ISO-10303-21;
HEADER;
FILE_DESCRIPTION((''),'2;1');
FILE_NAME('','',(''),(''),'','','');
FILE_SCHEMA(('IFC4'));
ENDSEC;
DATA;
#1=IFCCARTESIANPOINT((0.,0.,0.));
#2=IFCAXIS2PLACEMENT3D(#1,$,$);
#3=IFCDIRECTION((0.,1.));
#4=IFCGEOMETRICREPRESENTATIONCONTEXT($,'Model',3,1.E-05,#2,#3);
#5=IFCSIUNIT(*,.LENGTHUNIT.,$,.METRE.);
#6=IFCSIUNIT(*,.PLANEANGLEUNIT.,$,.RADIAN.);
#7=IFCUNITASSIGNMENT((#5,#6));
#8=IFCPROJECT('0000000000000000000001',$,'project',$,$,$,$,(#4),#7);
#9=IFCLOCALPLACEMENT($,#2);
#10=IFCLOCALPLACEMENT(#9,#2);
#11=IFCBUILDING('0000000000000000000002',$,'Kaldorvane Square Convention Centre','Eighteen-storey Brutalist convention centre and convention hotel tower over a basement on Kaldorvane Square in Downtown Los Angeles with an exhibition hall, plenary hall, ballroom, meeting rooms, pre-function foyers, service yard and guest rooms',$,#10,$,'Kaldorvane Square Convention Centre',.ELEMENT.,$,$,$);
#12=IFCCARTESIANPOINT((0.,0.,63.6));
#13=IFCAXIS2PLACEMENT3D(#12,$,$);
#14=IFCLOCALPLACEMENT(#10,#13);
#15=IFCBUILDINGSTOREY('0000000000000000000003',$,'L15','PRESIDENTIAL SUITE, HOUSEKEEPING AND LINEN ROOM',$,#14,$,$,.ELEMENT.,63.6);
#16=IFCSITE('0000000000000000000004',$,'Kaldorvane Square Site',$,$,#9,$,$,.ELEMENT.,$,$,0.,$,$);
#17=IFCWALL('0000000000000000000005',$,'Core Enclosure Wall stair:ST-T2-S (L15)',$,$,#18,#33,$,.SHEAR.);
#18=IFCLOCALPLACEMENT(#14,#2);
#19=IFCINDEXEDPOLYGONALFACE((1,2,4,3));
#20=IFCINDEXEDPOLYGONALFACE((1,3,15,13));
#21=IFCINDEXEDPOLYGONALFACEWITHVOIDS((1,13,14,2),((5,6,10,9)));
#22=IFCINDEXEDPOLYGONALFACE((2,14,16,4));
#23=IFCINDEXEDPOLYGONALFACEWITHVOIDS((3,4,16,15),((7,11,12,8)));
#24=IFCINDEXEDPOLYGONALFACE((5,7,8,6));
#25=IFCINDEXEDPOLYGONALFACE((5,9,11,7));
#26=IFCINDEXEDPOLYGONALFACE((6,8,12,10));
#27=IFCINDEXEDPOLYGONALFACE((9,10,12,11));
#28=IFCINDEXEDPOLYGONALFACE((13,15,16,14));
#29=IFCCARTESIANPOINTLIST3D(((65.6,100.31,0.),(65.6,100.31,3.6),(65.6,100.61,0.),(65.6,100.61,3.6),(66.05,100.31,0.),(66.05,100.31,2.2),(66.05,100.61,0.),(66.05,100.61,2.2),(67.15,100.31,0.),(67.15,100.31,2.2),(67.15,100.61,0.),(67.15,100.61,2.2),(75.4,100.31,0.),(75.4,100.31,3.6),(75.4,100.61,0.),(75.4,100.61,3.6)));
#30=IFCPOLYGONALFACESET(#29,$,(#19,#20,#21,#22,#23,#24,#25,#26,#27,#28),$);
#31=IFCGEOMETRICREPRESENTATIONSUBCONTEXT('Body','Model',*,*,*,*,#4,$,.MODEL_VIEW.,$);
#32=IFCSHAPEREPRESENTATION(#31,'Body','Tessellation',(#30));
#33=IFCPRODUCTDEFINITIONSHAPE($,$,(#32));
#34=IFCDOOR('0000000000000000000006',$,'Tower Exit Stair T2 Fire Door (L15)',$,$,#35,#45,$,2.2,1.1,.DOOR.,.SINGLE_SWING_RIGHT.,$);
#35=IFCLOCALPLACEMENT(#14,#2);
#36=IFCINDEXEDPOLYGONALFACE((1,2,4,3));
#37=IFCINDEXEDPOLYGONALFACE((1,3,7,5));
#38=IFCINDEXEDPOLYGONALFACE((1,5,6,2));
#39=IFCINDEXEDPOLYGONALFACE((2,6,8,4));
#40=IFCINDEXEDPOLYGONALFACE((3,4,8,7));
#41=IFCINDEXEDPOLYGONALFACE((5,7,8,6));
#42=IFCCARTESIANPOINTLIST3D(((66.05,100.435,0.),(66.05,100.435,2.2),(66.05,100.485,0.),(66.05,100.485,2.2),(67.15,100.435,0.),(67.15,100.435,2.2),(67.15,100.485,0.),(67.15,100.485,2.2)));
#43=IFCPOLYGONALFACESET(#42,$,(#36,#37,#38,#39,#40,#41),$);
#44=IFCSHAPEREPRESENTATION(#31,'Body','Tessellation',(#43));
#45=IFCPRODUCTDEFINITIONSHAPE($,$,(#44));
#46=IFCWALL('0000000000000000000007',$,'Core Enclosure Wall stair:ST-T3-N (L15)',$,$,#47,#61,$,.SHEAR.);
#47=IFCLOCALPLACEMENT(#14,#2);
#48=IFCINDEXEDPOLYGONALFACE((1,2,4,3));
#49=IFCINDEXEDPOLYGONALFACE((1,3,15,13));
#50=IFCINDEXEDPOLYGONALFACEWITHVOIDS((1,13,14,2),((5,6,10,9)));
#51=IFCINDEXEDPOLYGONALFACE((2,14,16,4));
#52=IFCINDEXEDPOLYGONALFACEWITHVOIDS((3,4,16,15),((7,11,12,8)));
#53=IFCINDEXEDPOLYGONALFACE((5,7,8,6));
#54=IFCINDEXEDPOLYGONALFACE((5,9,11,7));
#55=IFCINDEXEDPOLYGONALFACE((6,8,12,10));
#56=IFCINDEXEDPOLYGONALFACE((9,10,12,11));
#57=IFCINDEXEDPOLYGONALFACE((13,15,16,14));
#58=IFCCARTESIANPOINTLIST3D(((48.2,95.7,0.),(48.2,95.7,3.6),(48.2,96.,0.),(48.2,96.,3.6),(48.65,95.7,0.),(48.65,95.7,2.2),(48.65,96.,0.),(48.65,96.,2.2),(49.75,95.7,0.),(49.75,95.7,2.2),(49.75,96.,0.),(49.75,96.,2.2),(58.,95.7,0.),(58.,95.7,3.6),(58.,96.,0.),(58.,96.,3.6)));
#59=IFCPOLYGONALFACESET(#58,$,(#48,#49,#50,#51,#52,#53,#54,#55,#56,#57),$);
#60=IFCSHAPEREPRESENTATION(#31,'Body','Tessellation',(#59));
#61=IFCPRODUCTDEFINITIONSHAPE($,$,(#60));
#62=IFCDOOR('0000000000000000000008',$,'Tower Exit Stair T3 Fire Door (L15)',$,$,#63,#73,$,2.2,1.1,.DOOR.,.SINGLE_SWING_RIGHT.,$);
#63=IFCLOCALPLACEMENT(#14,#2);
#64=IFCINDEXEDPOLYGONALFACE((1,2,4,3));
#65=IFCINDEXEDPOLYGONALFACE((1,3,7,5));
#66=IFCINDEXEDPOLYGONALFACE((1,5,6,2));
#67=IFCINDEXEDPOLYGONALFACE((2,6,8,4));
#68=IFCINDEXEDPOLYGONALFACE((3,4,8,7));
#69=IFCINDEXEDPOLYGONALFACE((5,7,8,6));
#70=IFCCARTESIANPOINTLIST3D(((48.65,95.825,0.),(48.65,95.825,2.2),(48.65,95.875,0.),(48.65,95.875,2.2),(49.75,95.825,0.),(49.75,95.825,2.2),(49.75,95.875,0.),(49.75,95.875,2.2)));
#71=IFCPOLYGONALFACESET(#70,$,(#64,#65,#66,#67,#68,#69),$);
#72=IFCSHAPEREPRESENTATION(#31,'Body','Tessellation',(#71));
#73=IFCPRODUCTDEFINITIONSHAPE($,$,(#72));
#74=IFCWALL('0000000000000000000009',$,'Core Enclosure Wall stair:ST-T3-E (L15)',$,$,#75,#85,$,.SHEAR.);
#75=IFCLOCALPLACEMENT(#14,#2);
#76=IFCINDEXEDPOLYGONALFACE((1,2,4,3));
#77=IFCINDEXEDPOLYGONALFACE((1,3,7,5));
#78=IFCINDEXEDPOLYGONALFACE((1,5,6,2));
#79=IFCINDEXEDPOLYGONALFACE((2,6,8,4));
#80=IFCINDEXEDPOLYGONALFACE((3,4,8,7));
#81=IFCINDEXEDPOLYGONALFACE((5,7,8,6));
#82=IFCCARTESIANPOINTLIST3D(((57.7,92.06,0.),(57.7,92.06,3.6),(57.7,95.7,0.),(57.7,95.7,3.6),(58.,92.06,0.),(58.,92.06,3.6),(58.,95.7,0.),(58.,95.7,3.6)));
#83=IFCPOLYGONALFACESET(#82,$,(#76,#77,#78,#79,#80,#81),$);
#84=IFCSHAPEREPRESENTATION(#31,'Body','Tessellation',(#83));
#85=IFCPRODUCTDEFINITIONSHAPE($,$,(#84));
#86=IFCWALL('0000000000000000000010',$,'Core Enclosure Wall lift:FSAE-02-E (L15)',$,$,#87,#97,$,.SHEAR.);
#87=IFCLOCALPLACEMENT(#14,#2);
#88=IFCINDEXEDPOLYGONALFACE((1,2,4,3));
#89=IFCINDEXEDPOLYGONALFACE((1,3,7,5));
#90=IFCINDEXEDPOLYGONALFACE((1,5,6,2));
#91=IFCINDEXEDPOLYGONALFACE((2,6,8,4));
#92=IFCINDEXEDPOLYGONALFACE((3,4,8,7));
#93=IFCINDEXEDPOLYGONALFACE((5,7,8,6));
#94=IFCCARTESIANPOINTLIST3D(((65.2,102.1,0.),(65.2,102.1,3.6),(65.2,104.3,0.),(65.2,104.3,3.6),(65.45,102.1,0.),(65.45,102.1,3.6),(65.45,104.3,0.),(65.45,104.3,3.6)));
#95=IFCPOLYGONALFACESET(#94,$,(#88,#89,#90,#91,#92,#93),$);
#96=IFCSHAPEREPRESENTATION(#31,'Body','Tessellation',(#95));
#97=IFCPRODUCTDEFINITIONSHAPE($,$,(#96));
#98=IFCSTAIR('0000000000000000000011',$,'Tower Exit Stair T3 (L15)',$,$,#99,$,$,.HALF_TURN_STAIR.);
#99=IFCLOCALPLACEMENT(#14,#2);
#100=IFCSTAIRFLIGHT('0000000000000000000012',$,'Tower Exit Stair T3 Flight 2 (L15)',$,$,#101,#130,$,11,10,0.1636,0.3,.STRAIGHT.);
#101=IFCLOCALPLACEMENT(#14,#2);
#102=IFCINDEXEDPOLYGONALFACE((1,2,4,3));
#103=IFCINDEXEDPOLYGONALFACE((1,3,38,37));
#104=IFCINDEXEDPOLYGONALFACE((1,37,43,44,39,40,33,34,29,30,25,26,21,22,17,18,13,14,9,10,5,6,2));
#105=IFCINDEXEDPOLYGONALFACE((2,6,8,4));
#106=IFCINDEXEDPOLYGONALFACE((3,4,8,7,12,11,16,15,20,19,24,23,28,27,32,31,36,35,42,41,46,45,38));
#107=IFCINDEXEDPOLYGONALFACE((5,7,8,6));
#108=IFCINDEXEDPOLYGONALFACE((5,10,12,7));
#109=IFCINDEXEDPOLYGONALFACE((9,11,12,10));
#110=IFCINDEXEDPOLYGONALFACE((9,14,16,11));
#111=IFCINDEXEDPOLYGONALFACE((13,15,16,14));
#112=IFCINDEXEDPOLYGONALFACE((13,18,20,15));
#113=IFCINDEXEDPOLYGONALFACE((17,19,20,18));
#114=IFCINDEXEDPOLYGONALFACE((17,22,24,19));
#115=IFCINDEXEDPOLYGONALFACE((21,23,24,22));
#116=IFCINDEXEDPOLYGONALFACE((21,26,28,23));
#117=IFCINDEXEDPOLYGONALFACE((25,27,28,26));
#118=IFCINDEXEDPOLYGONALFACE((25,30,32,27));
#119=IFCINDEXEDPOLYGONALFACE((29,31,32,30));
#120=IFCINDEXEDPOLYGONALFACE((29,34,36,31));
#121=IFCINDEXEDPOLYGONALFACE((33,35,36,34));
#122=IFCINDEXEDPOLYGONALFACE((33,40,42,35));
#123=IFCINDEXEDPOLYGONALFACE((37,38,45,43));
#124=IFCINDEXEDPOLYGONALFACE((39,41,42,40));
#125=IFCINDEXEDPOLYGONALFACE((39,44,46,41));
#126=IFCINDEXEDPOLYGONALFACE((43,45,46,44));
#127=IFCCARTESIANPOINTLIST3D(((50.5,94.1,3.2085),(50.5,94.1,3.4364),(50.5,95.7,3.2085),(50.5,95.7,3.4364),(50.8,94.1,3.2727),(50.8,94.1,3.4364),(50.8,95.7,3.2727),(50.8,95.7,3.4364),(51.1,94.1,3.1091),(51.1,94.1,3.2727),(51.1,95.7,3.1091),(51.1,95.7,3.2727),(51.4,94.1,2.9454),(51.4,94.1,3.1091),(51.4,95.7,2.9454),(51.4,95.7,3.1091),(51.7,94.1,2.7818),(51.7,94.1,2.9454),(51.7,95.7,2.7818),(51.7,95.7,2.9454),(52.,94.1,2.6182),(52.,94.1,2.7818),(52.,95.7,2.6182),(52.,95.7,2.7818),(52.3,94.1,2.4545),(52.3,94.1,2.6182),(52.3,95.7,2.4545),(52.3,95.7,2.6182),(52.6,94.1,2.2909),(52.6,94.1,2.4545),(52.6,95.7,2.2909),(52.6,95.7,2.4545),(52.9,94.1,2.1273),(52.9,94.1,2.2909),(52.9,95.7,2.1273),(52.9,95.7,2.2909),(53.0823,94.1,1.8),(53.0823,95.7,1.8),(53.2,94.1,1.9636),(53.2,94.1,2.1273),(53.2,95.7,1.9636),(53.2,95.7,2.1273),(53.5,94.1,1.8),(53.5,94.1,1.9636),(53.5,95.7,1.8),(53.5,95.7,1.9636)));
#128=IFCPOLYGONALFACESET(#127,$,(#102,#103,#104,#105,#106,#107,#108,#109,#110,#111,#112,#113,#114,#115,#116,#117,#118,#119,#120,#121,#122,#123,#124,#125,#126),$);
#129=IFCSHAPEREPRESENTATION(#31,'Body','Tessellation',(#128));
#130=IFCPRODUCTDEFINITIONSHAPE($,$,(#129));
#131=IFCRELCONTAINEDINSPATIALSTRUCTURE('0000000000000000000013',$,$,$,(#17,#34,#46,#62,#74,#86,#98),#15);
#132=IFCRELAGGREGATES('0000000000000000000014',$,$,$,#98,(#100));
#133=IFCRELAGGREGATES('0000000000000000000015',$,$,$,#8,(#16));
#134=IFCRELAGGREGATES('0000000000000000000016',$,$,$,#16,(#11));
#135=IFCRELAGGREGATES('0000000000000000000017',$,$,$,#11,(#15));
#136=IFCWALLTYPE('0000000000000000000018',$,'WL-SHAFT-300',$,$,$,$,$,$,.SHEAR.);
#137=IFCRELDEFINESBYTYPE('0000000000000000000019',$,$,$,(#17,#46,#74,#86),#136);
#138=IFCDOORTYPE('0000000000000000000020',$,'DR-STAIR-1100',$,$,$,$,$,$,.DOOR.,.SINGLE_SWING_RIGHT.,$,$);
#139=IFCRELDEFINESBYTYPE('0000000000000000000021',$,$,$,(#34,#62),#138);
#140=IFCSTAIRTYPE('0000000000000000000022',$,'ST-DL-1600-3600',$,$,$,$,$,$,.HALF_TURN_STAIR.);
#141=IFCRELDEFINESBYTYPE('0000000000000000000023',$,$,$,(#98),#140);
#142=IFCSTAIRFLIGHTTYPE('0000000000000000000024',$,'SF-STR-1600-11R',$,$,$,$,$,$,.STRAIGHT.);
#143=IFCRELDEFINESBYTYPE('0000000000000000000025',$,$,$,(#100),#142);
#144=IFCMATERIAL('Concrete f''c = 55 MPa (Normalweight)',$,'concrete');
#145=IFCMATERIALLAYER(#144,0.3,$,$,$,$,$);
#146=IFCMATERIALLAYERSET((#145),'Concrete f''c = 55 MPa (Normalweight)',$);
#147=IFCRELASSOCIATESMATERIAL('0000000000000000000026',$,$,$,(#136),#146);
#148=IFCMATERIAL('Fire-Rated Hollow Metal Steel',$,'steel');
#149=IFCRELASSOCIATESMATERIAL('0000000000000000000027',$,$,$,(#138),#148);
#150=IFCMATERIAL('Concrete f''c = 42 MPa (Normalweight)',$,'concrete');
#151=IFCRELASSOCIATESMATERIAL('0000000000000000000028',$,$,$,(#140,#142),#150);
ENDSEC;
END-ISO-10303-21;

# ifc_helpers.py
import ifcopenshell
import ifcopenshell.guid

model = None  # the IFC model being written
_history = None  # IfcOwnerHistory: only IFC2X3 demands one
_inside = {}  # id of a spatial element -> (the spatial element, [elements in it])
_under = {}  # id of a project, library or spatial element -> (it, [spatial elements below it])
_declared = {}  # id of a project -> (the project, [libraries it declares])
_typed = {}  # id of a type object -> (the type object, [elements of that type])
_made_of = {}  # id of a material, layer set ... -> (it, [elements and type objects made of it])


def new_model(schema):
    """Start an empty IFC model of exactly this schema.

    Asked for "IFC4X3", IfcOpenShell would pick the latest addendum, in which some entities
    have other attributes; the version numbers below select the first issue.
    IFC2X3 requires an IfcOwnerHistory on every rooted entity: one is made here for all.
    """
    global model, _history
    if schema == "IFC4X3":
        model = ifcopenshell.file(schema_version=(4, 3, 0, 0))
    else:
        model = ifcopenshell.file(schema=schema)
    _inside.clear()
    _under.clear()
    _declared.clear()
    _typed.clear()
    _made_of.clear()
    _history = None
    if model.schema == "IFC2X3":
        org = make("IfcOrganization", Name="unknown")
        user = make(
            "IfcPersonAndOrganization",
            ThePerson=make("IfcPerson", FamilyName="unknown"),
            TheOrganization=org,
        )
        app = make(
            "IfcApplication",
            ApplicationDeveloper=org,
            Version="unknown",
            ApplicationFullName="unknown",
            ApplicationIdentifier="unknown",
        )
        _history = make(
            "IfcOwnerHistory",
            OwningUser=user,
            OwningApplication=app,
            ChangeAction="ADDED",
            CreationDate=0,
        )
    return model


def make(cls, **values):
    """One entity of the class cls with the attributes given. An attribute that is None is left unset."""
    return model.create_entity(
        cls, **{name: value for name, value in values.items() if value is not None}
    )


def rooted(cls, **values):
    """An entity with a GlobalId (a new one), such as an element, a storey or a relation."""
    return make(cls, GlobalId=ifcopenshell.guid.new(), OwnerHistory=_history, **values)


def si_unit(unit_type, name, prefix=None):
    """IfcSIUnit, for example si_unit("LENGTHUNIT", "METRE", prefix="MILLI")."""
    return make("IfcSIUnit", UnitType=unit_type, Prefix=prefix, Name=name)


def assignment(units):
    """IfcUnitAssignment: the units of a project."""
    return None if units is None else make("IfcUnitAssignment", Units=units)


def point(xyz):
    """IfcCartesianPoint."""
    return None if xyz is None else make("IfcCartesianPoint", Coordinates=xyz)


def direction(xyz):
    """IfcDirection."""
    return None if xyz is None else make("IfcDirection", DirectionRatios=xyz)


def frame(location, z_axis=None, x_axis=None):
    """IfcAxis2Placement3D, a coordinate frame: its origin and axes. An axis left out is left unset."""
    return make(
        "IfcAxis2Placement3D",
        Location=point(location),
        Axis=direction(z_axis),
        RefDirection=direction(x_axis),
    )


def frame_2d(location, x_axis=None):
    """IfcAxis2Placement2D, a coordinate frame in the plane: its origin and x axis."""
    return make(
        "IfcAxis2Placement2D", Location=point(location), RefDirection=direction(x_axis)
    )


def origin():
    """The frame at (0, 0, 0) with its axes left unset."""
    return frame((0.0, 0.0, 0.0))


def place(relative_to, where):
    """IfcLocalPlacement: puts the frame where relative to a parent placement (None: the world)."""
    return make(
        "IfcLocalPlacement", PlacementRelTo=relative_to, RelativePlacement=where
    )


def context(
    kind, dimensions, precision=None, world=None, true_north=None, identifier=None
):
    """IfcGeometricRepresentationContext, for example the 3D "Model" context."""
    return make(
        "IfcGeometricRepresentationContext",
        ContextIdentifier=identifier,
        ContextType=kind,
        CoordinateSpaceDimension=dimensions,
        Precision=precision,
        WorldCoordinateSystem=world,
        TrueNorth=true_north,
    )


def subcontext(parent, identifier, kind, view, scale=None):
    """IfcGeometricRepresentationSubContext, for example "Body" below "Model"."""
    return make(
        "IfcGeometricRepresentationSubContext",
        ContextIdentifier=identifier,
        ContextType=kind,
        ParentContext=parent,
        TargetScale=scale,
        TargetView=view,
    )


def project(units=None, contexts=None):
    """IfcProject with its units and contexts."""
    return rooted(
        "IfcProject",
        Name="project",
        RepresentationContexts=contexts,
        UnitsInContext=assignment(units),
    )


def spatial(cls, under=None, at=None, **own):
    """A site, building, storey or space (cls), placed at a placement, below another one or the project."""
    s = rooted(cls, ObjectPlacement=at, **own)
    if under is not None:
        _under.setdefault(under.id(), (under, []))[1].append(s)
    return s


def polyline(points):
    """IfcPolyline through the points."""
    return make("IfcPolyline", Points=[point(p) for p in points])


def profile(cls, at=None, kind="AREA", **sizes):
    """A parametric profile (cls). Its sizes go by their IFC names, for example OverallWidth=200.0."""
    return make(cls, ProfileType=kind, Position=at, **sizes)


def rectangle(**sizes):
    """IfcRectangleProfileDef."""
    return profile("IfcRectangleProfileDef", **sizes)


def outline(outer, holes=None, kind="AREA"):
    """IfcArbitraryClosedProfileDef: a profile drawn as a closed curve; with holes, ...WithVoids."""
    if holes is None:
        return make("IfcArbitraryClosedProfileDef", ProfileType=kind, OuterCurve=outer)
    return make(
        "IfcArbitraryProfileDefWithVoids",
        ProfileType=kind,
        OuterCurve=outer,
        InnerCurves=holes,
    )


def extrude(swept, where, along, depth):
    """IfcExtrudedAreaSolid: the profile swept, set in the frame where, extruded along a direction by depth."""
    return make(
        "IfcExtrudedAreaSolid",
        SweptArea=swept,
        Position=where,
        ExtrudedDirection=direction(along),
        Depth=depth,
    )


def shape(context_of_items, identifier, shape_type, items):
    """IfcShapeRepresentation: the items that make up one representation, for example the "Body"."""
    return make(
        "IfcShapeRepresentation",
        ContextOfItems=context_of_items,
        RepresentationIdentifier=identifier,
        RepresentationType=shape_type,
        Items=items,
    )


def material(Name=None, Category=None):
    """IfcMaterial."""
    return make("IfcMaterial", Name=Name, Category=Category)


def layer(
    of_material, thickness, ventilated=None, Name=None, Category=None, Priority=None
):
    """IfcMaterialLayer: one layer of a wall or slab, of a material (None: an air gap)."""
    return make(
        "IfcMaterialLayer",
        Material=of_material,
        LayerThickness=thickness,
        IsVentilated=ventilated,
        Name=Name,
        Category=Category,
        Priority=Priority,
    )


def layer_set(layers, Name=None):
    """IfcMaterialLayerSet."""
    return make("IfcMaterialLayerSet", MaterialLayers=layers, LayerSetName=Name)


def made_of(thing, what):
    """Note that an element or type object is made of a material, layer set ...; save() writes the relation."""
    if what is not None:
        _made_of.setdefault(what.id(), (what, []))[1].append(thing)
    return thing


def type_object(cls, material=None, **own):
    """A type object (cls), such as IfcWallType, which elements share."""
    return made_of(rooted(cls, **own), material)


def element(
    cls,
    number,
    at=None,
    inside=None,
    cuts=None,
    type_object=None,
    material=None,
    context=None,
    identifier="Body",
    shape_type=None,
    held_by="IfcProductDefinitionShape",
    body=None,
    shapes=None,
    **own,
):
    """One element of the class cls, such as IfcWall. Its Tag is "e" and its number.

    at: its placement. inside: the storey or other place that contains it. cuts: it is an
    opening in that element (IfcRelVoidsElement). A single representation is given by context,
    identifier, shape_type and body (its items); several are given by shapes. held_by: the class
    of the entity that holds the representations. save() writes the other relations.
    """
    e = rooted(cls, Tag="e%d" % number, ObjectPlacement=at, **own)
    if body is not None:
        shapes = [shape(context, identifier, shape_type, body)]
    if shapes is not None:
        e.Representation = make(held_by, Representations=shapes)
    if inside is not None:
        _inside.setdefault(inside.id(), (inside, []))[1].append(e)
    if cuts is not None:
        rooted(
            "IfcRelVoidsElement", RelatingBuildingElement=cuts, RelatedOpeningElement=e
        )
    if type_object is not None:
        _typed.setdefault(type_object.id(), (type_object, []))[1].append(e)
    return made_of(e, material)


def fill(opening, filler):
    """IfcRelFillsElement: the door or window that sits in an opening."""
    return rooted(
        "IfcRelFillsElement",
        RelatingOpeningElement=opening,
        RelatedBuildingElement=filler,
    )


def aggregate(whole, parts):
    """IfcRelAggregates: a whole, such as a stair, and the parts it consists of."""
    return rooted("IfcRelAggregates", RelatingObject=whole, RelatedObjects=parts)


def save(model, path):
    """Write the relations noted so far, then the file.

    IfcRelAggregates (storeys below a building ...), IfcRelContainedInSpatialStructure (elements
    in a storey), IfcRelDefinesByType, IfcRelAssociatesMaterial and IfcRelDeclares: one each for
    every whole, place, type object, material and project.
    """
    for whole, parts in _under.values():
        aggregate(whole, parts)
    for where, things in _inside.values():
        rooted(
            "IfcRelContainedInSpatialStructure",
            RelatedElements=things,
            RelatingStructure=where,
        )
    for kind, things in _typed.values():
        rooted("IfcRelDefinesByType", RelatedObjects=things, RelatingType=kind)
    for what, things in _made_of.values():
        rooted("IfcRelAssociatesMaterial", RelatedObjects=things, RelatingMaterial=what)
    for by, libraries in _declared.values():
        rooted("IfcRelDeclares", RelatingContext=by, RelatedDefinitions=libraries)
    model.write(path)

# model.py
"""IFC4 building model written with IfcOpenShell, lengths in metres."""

from ifc_helpers import new_model, si_unit, direction, frame, frame_2d, origin, place, context, subcontext, project, spatial, polyline, rectangle, outline, extrude, material, layer, layer_set, type_object, element, fill, aggregate, save


model = new_model("IFC4")

# Units and contexts
model_context = context("Model", 3, precision=1e-05, world=origin(), true_north=direction((0.0, 1.0)))
body_context = subcontext(model_context, "Body", "Model", "MODEL_VIEW")
ifc_project = project(units=[si_unit("LENGTHUNIT", "METRE"), si_unit("PLANEANGLEUNIT", "RADIAN")], contexts=[model_context])

# Site, building, storey
site_placement = place(None, origin())
site = spatial("IfcSite", under=ifc_project, at=site_placement, Name="Kaldorvane Square Site", CompositionType="ELEMENT", RefElevation=0.0)
building_placement = place(site_placement, origin())
building = spatial("IfcBuilding", under=site, at=building_placement, Name="Kaldorvane Square Convention Centre", Description="Eighteen-storey Brutalist convention centre and convention hotel tower over a basement on Kaldorvane Square in Downtown Los Angeles with an exhibition hall, plenary hall, ballroom, meeting rooms, pre-function foyers, service yard and guest rooms", LongName="Kaldorvane Square Convention Centre", CompositionType="ELEMENT")
storey_placement = place(building_placement, frame((0.0, 0.0, 63.6)))
storey = spatial("IfcBuildingStorey", under=building, at=storey_placement, Name="L15", Description="PRESIDENTIAL SUITE, HOUSEKEEPING AND LINEN ROOM", CompositionType="ELEMENT", Elevation=63.6)

# Walls, openings, doors
ifc_material_1 = material(Name="Concrete f'c = 55 MPa (Normalweight)", Category="concrete")
ifc_layer_1 = layer(ifc_material_1, 0.3)
ifc_layer_set_1 = layer_set([ifc_layer_1], Name="Concrete f'c = 55 MPa (Normalweight)")
wall_type_1 = type_object("IfcWallType", Name="WL-SHAFT-300", PredefinedType="SHEAR", material=ifc_layer_set_1)
wall_1_placement = place(storey_placement, frame((65.6, 100.46, 0.0), z_axis=(0.0, 0.0, 1.0), x_axis=(1.0, 0.0, 0.0)))
wall_1 = element("IfcWall", 1, at=wall_1_placement, inside=storey, type_object=wall_type_1, Name="Core Enclosure Wall stair:ST-T2-S (L15)", PredefinedType="SHEAR", context=body_context, shape_type="SweptSolid", body=[
    extrude(rectangle(XDim=9.8, YDim=0.3, at=frame_2d((4.9, 0.0))), origin(), (0.0, 0.0, 1.0), 3.6),
])
opening_1_placement = place(wall_1_placement, frame((0.45, 0.0, 0.0)))
opening_1 = element("IfcOpeningElement", 2, at=opening_1_placement, cuts=wall_1, PredefinedType="OPENING", context=body_context, shape_type="SweptSolid", body=[
    extrude(rectangle(XDim=1.1, YDim=2.2, at=frame_2d((0.55, 1.1))), frame((0.0, 0.165, 0.0), z_axis=(0.0, -1.0, 0.0), x_axis=(1.0, 0.0, 0.0)), (0.0, 0.0, 1.0), 0.33),
])
ifc_material_2 = material(Name="Fire-Rated Hollow Metal Steel", Category="steel")
door_type_1 = type_object("IfcDoorType", Name="DR-STAIR-1100", OperationType="SINGLE_SWING_RIGHT", PredefinedType="DOOR", material=ifc_material_2)
door_1_placement = place(opening_1_placement, origin())
door_1 = element("IfcDoor", 3, at=door_1_placement, inside=storey, type_object=door_type_1, Name="Tower Exit Stair T2 Fire Door (L15)", OperationType="SINGLE_SWING_RIGHT", OverallHeight=2.2, OverallWidth=1.1, PredefinedType="DOOR", context=body_context, shape_type="SweptSolid", body=[
    extrude(rectangle(XDim=1.1, YDim=2.2, at=frame_2d((0.55, 1.1))), frame((0.0, 0.025, 0.0), z_axis=(0.0, -1.0, 0.0), x_axis=(1.0, 0.0, 0.0)), (0.0, 0.0, 1.0), 0.05),
])
fill(opening_1, door_1)
wall_2_placement = place(storey_placement, frame((58.0, 95.85, 0.0), z_axis=(0.0, 0.0, 1.0), x_axis=(-1.0, 0.0, 0.0)))
wall_2 = element("IfcWall", 4, at=wall_2_placement, inside=storey, type_object=wall_type_1, Name="Core Enclosure Wall stair:ST-T3-N (L15)", PredefinedType="SHEAR", context=body_context, shape_type="SweptSolid", body=[
    extrude(rectangle(XDim=9.8, YDim=0.3, at=frame_2d((4.9, 0.0))), origin(), (0.0, 0.0, 1.0), 3.6),
])
opening_2_placement = place(wall_2_placement, frame((8.25, 0.0, 0.0)))
opening_2 = element("IfcOpeningElement", 5, at=opening_2_placement, cuts=wall_2, PredefinedType="OPENING", context=body_context, shape_type="SweptSolid", body=[
    extrude(rectangle(XDim=1.1, YDim=2.2, at=frame_2d((0.55, 1.1))), frame((0.0, 0.165, 0.0), z_axis=(0.0, -1.0, 0.0), x_axis=(1.0, 0.0, 0.0)), (0.0, 0.0, 1.0), 0.33),
])
door_2_placement = place(opening_2_placement, origin())
door_2 = element("IfcDoor", 6, at=door_2_placement, inside=storey, type_object=door_type_1, Name="Tower Exit Stair T3 Fire Door (L15)", OperationType="SINGLE_SWING_RIGHT", OverallHeight=2.2, OverallWidth=1.1, PredefinedType="DOOR", context=body_context, shape_type="SweptSolid", body=[
    extrude(rectangle(XDim=1.1, YDim=2.2, at=frame_2d((0.55, 1.1))), frame((0.0, 0.025, 0.0), z_axis=(0.0, -1.0, 0.0), x_axis=(1.0, 0.0, 0.0)), (0.0, 0.0, 1.0), 0.05),
])
fill(opening_2, door_2)

# Wall
wall_3_placement = place(storey_placement, frame((57.85, 92.06, 0.0), z_axis=(0.0, 0.0, 1.0), x_axis=(0.0, 1.0, 0.0)))
element("IfcWall", 7, at=wall_3_placement, inside=storey, type_object=wall_type_1, Name="Core Enclosure Wall stair:ST-T3-E (L15)", PredefinedType="SHEAR", context=body_context, shape_type="SweptSolid", body=[
    extrude(rectangle(XDim=3.64, YDim=0.3, at=frame_2d((1.82, 0.0))), origin(), (0.0, 0.0, 1.0), 3.6),
])

# Wall
wall_4_placement = place(storey_placement, frame((65.325, 102.1, 0.0), z_axis=(0.0, 0.0, 1.0), x_axis=(0.0, 1.0, 0.0)))
element("IfcWall", 8, at=wall_4_placement, inside=storey, type_object=wall_type_1, Name="Core Enclosure Wall lift:FSAE-02-E (L15)", PredefinedType="SHEAR", context=body_context, shape_type="SweptSolid", body=[
    extrude(rectangle(XDim=2.2, YDim=0.25, at=frame_2d((1.1, 0.0))), origin(), (0.0, 0.0, 1.0), 3.6),
])

# Stair, stair flight
ifc_material_3 = material(Name="Concrete f'c = 42 MPa (Normalweight)", Category="concrete")
stair_type = type_object("IfcStairType", Name="ST-DL-1600-3600", PredefinedType="HALF_TURN_STAIR", material=ifc_material_3)
stair_placement = place(storey_placement, origin())
stair = element("IfcStair", 9, at=stair_placement, inside=storey, type_object=stair_type, Name="Tower Exit Stair T3 (L15)", PredefinedType="HALF_TURN_STAIR")
stair_flight_type = type_object("IfcStairFlightType", Name="SF-STR-1600-11R", PredefinedType="STRAIGHT", material=ifc_material_3)
stair_flight_placement = place(storey_placement, frame((53.5, 94.9, 1.8), z_axis=(0.0, 0.0, 1.0), x_axis=(-1.0, 0.0, 0.0)))
stair_flight = element("IfcStairFlight", 10, at=stair_flight_placement, type_object=stair_flight_type, Name="Tower Exit Stair T3 Flight 2 (L15)", NumberOfRisers=11, NumberOfTreads=10, PredefinedType="STRAIGHT", RiserHeight=0.1636, TreadLength=0.3, context=body_context, shape_type="SweptSolid", body=[
    extrude(outline(polyline([(0.0, 0.0), (0.0, 0.1636), (0.3, 0.1636), (0.3, 0.3273), (0.6, 0.3273), (0.6, 0.4909), (0.9, 0.4909), (0.9, 0.6545), (1.2, 0.6545), (1.2, 0.8182), (1.5, 0.8182), (1.5, 0.9818), (1.8, 0.9818), (1.8, 1.1455), (2.1, 1.1455), (2.1, 1.3091), (2.4, 1.3091), (2.4, 1.4727), (2.7, 1.4727), (2.7, 1.6364), (3.0, 1.6364), (3.0, 1.8), (3.0, 1.4086), (0.4177, 0.0), (0.0, 0.0)])), frame((0.0, 0.8, 0.0), z_axis=(0.0, -1.0, 0.0), x_axis=(1.0, 0.0, 0.0)), (0.0, 0.0, 1.0), 1.6),
])
aggregate(stair, [stair_flight])

save(model, "model.ifc")
